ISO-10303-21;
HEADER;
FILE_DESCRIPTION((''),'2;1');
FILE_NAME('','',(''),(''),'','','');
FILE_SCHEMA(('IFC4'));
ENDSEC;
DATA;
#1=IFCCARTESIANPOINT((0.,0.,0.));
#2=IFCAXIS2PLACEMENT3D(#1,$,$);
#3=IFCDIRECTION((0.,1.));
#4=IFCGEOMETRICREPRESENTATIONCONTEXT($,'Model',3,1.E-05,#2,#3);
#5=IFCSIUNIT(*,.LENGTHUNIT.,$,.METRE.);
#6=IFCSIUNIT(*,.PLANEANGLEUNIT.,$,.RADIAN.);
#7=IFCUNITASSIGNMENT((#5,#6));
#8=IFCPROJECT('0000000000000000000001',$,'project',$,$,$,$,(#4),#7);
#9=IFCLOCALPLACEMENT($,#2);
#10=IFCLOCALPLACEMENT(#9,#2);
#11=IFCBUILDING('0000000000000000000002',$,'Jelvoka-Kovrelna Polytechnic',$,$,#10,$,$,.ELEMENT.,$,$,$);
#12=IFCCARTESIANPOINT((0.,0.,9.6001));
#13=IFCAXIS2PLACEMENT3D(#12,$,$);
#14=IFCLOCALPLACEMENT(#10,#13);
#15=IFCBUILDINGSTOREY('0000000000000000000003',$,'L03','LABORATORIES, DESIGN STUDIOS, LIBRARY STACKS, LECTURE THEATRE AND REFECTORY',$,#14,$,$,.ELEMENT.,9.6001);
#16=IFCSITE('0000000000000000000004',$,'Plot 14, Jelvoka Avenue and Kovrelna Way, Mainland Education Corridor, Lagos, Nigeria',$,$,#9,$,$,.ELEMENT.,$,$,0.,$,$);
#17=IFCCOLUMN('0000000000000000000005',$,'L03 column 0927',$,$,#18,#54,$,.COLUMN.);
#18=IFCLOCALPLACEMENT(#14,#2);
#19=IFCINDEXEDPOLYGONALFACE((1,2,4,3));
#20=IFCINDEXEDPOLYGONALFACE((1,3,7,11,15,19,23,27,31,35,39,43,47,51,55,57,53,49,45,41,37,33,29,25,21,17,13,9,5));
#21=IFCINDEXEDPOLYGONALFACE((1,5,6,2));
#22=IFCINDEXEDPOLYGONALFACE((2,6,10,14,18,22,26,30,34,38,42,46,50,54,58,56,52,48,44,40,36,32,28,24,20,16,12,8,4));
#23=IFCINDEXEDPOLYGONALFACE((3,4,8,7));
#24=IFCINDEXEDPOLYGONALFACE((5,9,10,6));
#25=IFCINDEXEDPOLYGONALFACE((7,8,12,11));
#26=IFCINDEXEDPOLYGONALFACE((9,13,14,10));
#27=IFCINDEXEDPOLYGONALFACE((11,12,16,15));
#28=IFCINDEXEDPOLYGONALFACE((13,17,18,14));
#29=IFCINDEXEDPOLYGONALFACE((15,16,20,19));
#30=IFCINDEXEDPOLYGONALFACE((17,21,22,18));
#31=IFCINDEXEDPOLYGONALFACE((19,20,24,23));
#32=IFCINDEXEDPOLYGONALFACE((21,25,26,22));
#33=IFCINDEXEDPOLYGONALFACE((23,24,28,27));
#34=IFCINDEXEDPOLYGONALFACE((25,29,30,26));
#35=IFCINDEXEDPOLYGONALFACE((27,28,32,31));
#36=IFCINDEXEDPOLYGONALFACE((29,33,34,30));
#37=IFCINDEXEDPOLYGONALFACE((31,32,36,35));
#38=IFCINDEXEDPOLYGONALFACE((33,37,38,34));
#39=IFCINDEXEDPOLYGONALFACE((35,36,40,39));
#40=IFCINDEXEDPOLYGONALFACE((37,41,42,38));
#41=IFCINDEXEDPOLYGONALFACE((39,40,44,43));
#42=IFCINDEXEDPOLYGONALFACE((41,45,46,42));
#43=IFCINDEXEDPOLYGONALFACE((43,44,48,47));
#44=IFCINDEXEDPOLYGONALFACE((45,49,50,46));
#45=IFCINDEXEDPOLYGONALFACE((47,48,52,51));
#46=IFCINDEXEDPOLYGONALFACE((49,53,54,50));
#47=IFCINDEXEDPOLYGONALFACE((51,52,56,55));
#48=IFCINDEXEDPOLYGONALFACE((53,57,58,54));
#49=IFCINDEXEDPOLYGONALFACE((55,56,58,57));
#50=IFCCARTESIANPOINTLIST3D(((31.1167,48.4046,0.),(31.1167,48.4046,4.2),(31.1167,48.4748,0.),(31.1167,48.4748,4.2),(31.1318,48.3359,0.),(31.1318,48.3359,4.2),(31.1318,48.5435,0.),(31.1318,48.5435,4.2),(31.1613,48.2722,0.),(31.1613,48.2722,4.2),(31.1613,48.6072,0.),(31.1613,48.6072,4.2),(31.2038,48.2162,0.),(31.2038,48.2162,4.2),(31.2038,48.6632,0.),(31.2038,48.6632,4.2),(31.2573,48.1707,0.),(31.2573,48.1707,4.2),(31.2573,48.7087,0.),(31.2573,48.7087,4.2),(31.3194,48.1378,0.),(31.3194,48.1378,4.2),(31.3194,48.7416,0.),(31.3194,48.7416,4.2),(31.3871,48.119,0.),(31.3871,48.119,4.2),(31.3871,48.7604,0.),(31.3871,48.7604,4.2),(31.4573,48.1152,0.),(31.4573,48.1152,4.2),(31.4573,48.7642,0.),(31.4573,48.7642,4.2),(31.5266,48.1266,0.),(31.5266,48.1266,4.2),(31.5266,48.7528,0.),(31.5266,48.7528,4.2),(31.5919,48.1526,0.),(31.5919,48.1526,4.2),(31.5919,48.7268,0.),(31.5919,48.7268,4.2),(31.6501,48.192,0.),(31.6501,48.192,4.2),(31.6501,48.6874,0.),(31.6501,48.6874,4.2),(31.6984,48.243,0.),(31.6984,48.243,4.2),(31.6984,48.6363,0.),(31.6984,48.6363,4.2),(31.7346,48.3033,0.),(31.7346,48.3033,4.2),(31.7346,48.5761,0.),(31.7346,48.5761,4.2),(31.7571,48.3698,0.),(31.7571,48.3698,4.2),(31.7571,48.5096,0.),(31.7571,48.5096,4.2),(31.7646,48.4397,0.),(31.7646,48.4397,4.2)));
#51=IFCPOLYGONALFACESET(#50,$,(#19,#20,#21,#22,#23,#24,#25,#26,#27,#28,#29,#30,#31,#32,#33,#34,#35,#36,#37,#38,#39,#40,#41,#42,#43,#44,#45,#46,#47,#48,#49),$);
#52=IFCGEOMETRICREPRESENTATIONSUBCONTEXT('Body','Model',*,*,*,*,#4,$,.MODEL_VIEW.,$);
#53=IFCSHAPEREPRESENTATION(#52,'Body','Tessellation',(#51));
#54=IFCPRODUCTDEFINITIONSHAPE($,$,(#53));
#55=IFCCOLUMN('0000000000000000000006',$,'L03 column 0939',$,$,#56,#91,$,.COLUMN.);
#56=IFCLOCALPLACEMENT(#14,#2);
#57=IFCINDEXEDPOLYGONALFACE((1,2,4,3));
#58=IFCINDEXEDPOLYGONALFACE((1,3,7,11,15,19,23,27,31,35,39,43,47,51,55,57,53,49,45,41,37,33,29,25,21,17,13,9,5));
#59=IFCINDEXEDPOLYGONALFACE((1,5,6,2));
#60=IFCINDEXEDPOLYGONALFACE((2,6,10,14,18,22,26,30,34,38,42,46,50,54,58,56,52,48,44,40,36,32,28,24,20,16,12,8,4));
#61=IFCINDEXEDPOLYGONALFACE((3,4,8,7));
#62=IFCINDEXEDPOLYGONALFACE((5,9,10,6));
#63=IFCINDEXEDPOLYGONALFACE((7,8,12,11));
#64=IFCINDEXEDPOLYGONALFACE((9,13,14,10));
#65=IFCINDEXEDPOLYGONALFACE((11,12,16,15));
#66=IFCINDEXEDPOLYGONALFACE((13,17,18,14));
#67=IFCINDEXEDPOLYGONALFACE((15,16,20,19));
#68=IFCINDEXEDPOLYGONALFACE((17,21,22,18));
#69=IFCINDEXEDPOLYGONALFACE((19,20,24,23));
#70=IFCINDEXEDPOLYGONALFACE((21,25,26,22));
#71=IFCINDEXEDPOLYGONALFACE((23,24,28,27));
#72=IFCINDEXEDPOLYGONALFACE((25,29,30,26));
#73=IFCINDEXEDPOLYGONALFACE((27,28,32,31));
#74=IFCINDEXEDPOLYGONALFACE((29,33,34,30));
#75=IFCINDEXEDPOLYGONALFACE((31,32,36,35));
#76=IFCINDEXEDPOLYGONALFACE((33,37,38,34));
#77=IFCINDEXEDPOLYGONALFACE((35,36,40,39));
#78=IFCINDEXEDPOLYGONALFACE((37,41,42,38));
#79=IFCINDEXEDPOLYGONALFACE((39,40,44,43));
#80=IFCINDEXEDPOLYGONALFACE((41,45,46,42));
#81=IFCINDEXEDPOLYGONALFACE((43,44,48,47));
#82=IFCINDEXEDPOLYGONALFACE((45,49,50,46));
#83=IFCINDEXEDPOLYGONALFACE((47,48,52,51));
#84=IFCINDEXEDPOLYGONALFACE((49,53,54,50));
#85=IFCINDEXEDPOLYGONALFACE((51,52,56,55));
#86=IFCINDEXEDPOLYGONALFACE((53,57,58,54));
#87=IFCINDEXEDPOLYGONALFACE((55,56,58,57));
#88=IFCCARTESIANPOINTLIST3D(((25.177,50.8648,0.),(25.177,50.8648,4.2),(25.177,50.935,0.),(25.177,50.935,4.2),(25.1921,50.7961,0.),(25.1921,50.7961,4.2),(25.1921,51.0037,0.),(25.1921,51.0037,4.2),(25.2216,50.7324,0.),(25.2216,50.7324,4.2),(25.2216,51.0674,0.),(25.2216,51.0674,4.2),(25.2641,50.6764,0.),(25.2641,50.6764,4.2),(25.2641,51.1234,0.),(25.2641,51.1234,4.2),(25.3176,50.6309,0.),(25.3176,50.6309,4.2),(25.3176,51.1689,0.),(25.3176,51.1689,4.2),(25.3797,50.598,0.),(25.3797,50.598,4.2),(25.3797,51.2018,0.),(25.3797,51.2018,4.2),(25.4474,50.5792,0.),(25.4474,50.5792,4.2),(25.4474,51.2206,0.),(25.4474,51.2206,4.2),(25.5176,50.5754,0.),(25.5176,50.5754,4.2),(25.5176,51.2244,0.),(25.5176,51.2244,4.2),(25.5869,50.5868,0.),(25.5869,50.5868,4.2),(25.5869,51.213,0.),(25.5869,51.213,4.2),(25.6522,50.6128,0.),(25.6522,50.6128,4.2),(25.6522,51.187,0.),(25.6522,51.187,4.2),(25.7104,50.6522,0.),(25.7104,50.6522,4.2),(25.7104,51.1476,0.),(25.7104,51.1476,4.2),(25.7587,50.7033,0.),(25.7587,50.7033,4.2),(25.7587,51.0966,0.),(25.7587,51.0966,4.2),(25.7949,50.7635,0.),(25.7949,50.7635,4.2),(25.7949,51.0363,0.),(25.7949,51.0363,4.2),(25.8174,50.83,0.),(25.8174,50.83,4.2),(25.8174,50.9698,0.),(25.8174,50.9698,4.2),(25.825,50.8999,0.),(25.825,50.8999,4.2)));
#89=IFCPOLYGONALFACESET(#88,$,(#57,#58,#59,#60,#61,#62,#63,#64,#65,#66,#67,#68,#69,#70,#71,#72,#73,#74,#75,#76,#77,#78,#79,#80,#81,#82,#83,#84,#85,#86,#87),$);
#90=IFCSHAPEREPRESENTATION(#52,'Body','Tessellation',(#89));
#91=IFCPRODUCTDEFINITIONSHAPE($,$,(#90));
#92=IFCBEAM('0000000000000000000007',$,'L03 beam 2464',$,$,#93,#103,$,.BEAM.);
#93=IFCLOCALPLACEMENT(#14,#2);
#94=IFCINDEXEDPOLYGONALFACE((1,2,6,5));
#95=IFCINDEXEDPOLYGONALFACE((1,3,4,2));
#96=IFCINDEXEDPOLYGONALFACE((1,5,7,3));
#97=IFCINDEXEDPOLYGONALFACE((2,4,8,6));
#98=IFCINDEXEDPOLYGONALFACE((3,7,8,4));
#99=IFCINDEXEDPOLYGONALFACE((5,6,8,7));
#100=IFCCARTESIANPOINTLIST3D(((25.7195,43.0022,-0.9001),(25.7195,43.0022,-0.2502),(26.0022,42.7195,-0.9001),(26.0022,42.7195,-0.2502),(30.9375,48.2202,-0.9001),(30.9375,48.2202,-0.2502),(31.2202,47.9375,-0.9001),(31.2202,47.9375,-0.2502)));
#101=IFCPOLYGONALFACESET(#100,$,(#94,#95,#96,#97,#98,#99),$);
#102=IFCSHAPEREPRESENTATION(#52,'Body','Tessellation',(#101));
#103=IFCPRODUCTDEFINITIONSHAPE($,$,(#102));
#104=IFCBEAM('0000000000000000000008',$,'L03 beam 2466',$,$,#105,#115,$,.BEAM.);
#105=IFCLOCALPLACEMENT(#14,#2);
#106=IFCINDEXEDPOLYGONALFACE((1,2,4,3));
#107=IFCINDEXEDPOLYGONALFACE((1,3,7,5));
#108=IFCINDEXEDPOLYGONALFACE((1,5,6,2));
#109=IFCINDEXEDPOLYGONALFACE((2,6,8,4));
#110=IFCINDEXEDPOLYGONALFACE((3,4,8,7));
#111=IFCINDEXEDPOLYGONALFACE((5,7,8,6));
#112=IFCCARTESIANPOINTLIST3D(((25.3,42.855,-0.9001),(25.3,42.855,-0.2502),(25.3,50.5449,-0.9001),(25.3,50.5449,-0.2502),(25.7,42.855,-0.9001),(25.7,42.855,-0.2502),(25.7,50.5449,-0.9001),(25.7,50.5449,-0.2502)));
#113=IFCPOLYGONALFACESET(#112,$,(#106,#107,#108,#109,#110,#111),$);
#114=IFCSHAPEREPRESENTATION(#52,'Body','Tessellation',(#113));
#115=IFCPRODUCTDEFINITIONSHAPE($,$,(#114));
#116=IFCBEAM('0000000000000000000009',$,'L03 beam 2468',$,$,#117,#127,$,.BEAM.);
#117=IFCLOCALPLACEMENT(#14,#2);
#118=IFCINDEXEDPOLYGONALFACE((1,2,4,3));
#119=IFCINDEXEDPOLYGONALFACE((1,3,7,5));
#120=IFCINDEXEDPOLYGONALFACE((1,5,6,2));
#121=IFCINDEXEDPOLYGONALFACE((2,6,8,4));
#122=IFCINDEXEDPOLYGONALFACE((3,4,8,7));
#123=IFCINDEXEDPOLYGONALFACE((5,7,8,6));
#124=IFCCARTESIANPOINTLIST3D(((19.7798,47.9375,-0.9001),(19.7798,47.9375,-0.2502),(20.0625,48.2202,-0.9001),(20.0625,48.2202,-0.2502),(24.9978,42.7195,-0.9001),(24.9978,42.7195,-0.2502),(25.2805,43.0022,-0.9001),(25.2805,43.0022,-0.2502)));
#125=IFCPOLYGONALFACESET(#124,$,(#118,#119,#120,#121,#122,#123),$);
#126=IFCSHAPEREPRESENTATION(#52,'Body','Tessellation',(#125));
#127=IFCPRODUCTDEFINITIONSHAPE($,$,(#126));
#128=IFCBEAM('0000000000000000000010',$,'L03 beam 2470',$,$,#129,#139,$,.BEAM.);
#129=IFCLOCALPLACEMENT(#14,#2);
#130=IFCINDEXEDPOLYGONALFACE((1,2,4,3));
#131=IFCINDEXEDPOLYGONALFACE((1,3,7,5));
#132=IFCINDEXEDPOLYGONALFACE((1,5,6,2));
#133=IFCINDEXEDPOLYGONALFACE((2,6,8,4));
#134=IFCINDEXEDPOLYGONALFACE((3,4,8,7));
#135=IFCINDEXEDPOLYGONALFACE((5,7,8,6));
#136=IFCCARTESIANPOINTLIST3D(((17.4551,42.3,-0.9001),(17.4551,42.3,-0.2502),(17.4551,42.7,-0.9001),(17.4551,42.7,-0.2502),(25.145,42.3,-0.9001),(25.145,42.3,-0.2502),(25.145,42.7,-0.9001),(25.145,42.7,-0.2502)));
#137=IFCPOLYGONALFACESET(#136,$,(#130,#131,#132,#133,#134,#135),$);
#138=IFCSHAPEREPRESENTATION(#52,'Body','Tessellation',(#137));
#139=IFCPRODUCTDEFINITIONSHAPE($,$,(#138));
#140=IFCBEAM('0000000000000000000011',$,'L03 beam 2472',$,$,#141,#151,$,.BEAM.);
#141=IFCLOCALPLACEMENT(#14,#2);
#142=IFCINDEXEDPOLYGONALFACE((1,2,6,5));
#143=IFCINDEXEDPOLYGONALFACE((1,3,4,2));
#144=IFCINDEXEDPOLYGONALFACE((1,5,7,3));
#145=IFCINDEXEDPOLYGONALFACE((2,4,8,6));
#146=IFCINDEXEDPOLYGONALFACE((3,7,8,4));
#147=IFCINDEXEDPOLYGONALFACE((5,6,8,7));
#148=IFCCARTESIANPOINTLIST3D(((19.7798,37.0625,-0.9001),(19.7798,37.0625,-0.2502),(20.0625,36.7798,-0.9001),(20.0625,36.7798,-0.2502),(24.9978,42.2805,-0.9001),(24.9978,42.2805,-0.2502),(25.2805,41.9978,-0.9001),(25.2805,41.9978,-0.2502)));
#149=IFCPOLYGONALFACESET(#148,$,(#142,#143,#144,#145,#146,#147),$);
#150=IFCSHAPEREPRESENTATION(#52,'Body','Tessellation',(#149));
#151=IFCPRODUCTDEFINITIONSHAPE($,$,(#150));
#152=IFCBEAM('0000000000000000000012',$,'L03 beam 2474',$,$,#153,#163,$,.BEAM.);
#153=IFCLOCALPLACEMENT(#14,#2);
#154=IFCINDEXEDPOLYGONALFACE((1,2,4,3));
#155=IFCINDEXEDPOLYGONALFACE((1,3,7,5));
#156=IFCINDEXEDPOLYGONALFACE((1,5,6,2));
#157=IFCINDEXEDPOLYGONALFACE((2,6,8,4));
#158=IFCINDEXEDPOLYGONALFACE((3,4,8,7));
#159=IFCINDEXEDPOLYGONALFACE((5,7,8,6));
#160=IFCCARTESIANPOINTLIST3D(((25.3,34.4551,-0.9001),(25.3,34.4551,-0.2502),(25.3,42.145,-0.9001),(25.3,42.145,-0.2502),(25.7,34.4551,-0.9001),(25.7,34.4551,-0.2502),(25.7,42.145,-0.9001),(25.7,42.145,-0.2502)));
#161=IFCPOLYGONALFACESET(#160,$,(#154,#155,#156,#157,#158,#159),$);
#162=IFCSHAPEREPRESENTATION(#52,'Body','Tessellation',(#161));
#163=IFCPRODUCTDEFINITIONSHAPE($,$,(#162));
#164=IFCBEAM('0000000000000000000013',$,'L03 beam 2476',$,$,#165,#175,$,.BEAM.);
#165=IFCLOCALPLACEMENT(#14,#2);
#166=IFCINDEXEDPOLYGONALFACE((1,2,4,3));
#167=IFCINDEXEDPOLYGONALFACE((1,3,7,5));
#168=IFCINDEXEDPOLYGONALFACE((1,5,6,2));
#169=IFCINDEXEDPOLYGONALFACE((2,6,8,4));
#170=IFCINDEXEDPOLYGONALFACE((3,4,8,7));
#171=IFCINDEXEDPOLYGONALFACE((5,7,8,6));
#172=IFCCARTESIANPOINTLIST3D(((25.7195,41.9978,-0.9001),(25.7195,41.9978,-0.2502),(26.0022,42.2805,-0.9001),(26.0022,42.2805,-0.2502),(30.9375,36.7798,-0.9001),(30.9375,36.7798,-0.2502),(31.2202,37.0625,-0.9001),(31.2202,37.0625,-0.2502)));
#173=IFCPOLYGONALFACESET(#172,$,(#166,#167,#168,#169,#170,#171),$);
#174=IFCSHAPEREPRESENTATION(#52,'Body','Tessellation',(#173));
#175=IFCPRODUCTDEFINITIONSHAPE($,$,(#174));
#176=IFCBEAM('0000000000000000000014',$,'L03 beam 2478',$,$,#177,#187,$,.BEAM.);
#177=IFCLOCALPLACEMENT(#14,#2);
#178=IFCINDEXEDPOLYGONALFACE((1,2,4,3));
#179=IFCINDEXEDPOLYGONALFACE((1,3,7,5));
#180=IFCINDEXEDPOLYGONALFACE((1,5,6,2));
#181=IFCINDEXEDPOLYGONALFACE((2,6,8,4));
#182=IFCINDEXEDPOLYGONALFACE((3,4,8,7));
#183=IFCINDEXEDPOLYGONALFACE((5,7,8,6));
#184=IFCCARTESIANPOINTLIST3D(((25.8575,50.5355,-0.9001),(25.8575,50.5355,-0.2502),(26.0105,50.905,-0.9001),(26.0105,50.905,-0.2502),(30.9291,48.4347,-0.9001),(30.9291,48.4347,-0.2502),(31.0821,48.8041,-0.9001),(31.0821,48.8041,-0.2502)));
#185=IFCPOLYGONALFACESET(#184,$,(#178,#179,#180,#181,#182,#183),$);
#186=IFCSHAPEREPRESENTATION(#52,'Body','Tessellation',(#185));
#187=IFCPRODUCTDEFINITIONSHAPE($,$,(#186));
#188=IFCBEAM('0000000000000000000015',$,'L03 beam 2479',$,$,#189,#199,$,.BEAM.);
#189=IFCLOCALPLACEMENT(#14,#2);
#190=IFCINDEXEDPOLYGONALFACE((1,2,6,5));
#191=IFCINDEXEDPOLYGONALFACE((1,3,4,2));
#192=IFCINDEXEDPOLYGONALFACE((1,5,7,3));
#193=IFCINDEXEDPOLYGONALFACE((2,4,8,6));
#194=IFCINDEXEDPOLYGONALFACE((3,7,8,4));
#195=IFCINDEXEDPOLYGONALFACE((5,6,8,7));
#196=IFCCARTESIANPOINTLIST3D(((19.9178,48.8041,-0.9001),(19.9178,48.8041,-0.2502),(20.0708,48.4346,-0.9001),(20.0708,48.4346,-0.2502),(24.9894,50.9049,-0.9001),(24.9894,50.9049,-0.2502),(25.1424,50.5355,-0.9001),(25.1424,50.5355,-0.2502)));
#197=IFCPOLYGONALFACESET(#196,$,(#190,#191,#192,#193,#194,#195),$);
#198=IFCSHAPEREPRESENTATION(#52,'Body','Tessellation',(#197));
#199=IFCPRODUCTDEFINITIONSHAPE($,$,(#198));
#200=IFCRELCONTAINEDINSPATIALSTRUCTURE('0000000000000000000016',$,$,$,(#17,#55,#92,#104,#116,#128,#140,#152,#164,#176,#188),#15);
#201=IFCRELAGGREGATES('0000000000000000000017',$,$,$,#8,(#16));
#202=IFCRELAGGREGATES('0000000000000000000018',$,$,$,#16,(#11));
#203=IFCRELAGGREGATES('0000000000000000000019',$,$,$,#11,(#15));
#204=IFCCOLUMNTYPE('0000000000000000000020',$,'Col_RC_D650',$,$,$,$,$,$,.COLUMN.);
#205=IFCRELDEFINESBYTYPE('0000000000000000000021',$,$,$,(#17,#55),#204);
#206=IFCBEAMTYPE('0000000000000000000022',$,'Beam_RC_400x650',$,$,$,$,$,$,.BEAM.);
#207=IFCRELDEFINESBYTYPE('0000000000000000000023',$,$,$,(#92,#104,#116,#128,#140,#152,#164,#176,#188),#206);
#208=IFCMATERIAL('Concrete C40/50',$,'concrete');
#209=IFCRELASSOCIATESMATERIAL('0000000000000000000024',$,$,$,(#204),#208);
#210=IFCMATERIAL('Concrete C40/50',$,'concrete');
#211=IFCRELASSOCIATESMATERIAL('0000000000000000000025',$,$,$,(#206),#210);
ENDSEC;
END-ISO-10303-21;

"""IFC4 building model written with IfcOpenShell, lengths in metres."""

from ifc_helpers import new_model, si_unit, direction, frame, origin, origin_2d, place, context, subcontext, project, spatial, rectangle, circle, extrude, material, material_profile, profile_set, type_object, element, save


model = new_model("IFC4")

# Units and contexts
model_context = context("Model", 3, precision=1e-05, world=origin(), true_north=direction((0.0, 1.0)))
body_context = subcontext(model_context, "Body", "Model", "MODEL_VIEW")
ifc_project = project(units=[si_unit("LENGTHUNIT", "METRE"), si_unit("PLANEANGLEUNIT", "RADIAN")], contexts=[model_context])

# Site, building, storey
site_placement = place(None, origin())
site = spatial("IfcSite", under=ifc_project, at=site_placement, Name="Plot 14, Jelvoka Avenue and Kovrelna Way, Mainland Education Corridor, Lagos, Nigeria", CompositionType="ELEMENT", RefElevation=0.0)
building_placement = place(site_placement, origin())
building = spatial("IfcBuilding", under=site, at=building_placement, Name="Jelvoka-Kovrelna Polytechnic", CompositionType="ELEMENT")
storey_placement = place(building_placement, frame((0.0, 0.0, 9.6001)))
storey = spatial("IfcBuildingStorey", under=building, at=storey_placement, Name="L03", Description="LABORATORIES, DESIGN STUDIOS, LIBRARY STACKS, LECTURE THEATRE AND REFECTORY", CompositionType="ELEMENT", Elevation=9.6001)

# Columns
ifc_material_1 = material(Name="Concrete C40/50", Category="concrete")
ifc_material_profile_1 = material_profile(ifc_material_1, circle(Radius=0.325, at=origin_2d()), Name="RC D650")
ifc_profile_set_1 = profile_set([ifc_material_profile_1], Name="Concrete C40/50")
column_type = type_object("IfcColumnType", Name="Col_RC_D650", PredefinedType="COLUMN", material=ifc_profile_set_1)
for number, where, z_axis, x_axis, name in (
    (1, (31.4397, 48.4397, 0.0), (0.0, 0.0, 1.0), (1.0, 0.0, 0.0), "L03 column 0927"),
    (2, (25.5, 50.8999, 0.0), (0.0, 0.0, 1.0), (1.0, 0.0, 0.0), "L03 column 0939"),
):
    element("IfcColumn", number, at=place(storey_placement, frame(where, z_axis=z_axis, x_axis=x_axis)), inside=storey, type_object=column_type, Name=name, PredefinedType="COLUMN", context=body_context, shape_type="SweptSolid", body=[
        extrude(circle(Radius=0.325, at=origin_2d()), origin(), (0.0, 0.0, 1.0), 4.2),
    ])

# Beams
ifc_material_2 = material(Name="Concrete C40/50", Category="concrete")
ifc_material_profile_2 = material_profile(ifc_material_2, rectangle(XDim=0.3999, YDim=0.6499, at=origin_2d()), Name="RC 400x650")
ifc_profile_set_2 = profile_set([ifc_material_profile_2], Name="Concrete C40/50")
beam_type_1 = type_object("IfcBeamType", Name="Beam_RC_400x650", PredefinedType="BEAM", material=ifc_profile_set_2)
beam_1_placement = place(storey_placement, frame((25.8608, 42.8608, -0.5752), z_axis=(0.707107, 0.707107, 0.0), x_axis=(-0.707107, 0.707107, 0.0)))
element("IfcBeam", 3, at=beam_1_placement, inside=storey, type_object=beam_type_1, Name="L03 beam 2464", PredefinedType="BEAM", context=body_context, shape_type="SweptSolid", body=[
    extrude(rectangle(XDim=0.3999, YDim=0.6499, at=origin_2d()), origin(), (0.0, 0.0, 1.0), 7.3794),
])
beam_2_placement = place(storey_placement, frame((25.5, 42.855, -0.5752), z_axis=(0.0, 1.0, 0.0), x_axis=(-1.0, 0.0, 0.0)))
element("IfcBeam", 4, at=beam_2_placement, inside=storey, type_object=beam_type_1, Name="L03 beam 2466", PredefinedType="BEAM", context=body_context, shape_type="SweptSolid", body=[
    extrude(rectangle(XDim=0.3999, YDim=0.6499, at=origin_2d()), origin(), (0.0, 0.0, 1.0), 7.6899),
])
beam_3_placement = place(storey_placement, frame((25.1392, 42.8608, -0.5752), z_axis=(-0.707107, 0.707107, 0.0), x_axis=(-0.707107, -0.707107, 0.0)))
element("IfcBeam", 5, at=beam_3_placement, inside=storey, type_object=beam_type_1, Name="L03 beam 2468", PredefinedType="BEAM", context=body_context, shape_type="SweptSolid", body=[
    extrude(rectangle(XDim=0.3999, YDim=0.6499, at=origin_2d()), origin(), (0.0, 0.0, 1.0), 7.3794),
])
beam_4_placement = place(storey_placement, frame((25.145, 42.5, -0.5752), z_axis=(-1.0, 0.0, 0.0), x_axis=(0.0, -1.0, 0.0)))
element("IfcBeam", 6, at=beam_4_placement, inside=storey, type_object=beam_type_1, Name="L03 beam 2470", PredefinedType="BEAM", context=body_context, shape_type="SweptSolid", body=[
    extrude(rectangle(XDim=0.3999, YDim=0.6499, at=origin_2d()), origin(), (0.0, 0.0, 1.0), 7.6899),
])
beam_5_placement = place(storey_placement, frame((25.1392, 42.1392, -0.5752), z_axis=(-0.707107, -0.707107, 0.0), x_axis=(0.707107, -0.707107, 0.0)))
element("IfcBeam", 7, at=beam_5_placement, inside=storey, type_object=beam_type_1, Name="L03 beam 2472", PredefinedType="BEAM", context=body_context, shape_type="SweptSolid", body=[
    extrude(rectangle(XDim=0.3999, YDim=0.6499, at=origin_2d()), origin(), (0.0, 0.0, 1.0), 7.3794),
])
beam_6_placement = place(storey_placement, frame((25.5, 42.145, -0.5752), z_axis=(0.0, -1.0, 0.0), x_axis=(1.0, 0.0, 0.0)))
element("IfcBeam", 8, at=beam_6_placement, inside=storey, type_object=beam_type_1, Name="L03 beam 2474", PredefinedType="BEAM", context=body_context, shape_type="SweptSolid", body=[
    extrude(rectangle(XDim=0.3999, YDim=0.6499, at=origin_2d()), origin(), (0.0, 0.0, 1.0), 7.6899),
])
beam_7_placement = place(storey_placement, frame((25.8608, 42.1392, -0.5752), z_axis=(0.707107, -0.707107, 0.0), x_axis=(0.707107, 0.707107, 0.0)))
element("IfcBeam", 9, at=beam_7_placement, inside=storey, type_object=beam_type_1, Name="L03 beam 2476", PredefinedType="BEAM", context=body_context, shape_type="SweptSolid", body=[
    extrude(rectangle(XDim=0.3999, YDim=0.6499, at=origin_2d()), origin(), (0.0, 0.0, 1.0), 7.3794),
])
for number, where, z_axis, x_axis, name in (
    (10, (31.0056, 48.6194, -0.5752), (-0.923871, 0.382704, 0.0), (-0.382704, -0.923871, 0.0), "L03 beam 2478"),
    (11, (25.0659, 50.7202, -0.5752), (-0.923871, -0.382704, 0.0), (0.382704, -0.923871, 0.0), "L03 beam 2479"),
):
    element("IfcBeam", number, at=place(storey_placement, frame(where, z_axis=z_axis, x_axis=x_axis)), inside=storey, type_object=beam_type_1, Name=name, PredefinedType="BEAM", context=body_context, shape_type="SweptSolid", body=[
        extrude(rectangle(XDim=0.3999, YDim=0.6499, at=origin_2d()), origin(), (0.0, 0.0, 1.0), 5.4895),
    ])

save(model, "model.ifc")
